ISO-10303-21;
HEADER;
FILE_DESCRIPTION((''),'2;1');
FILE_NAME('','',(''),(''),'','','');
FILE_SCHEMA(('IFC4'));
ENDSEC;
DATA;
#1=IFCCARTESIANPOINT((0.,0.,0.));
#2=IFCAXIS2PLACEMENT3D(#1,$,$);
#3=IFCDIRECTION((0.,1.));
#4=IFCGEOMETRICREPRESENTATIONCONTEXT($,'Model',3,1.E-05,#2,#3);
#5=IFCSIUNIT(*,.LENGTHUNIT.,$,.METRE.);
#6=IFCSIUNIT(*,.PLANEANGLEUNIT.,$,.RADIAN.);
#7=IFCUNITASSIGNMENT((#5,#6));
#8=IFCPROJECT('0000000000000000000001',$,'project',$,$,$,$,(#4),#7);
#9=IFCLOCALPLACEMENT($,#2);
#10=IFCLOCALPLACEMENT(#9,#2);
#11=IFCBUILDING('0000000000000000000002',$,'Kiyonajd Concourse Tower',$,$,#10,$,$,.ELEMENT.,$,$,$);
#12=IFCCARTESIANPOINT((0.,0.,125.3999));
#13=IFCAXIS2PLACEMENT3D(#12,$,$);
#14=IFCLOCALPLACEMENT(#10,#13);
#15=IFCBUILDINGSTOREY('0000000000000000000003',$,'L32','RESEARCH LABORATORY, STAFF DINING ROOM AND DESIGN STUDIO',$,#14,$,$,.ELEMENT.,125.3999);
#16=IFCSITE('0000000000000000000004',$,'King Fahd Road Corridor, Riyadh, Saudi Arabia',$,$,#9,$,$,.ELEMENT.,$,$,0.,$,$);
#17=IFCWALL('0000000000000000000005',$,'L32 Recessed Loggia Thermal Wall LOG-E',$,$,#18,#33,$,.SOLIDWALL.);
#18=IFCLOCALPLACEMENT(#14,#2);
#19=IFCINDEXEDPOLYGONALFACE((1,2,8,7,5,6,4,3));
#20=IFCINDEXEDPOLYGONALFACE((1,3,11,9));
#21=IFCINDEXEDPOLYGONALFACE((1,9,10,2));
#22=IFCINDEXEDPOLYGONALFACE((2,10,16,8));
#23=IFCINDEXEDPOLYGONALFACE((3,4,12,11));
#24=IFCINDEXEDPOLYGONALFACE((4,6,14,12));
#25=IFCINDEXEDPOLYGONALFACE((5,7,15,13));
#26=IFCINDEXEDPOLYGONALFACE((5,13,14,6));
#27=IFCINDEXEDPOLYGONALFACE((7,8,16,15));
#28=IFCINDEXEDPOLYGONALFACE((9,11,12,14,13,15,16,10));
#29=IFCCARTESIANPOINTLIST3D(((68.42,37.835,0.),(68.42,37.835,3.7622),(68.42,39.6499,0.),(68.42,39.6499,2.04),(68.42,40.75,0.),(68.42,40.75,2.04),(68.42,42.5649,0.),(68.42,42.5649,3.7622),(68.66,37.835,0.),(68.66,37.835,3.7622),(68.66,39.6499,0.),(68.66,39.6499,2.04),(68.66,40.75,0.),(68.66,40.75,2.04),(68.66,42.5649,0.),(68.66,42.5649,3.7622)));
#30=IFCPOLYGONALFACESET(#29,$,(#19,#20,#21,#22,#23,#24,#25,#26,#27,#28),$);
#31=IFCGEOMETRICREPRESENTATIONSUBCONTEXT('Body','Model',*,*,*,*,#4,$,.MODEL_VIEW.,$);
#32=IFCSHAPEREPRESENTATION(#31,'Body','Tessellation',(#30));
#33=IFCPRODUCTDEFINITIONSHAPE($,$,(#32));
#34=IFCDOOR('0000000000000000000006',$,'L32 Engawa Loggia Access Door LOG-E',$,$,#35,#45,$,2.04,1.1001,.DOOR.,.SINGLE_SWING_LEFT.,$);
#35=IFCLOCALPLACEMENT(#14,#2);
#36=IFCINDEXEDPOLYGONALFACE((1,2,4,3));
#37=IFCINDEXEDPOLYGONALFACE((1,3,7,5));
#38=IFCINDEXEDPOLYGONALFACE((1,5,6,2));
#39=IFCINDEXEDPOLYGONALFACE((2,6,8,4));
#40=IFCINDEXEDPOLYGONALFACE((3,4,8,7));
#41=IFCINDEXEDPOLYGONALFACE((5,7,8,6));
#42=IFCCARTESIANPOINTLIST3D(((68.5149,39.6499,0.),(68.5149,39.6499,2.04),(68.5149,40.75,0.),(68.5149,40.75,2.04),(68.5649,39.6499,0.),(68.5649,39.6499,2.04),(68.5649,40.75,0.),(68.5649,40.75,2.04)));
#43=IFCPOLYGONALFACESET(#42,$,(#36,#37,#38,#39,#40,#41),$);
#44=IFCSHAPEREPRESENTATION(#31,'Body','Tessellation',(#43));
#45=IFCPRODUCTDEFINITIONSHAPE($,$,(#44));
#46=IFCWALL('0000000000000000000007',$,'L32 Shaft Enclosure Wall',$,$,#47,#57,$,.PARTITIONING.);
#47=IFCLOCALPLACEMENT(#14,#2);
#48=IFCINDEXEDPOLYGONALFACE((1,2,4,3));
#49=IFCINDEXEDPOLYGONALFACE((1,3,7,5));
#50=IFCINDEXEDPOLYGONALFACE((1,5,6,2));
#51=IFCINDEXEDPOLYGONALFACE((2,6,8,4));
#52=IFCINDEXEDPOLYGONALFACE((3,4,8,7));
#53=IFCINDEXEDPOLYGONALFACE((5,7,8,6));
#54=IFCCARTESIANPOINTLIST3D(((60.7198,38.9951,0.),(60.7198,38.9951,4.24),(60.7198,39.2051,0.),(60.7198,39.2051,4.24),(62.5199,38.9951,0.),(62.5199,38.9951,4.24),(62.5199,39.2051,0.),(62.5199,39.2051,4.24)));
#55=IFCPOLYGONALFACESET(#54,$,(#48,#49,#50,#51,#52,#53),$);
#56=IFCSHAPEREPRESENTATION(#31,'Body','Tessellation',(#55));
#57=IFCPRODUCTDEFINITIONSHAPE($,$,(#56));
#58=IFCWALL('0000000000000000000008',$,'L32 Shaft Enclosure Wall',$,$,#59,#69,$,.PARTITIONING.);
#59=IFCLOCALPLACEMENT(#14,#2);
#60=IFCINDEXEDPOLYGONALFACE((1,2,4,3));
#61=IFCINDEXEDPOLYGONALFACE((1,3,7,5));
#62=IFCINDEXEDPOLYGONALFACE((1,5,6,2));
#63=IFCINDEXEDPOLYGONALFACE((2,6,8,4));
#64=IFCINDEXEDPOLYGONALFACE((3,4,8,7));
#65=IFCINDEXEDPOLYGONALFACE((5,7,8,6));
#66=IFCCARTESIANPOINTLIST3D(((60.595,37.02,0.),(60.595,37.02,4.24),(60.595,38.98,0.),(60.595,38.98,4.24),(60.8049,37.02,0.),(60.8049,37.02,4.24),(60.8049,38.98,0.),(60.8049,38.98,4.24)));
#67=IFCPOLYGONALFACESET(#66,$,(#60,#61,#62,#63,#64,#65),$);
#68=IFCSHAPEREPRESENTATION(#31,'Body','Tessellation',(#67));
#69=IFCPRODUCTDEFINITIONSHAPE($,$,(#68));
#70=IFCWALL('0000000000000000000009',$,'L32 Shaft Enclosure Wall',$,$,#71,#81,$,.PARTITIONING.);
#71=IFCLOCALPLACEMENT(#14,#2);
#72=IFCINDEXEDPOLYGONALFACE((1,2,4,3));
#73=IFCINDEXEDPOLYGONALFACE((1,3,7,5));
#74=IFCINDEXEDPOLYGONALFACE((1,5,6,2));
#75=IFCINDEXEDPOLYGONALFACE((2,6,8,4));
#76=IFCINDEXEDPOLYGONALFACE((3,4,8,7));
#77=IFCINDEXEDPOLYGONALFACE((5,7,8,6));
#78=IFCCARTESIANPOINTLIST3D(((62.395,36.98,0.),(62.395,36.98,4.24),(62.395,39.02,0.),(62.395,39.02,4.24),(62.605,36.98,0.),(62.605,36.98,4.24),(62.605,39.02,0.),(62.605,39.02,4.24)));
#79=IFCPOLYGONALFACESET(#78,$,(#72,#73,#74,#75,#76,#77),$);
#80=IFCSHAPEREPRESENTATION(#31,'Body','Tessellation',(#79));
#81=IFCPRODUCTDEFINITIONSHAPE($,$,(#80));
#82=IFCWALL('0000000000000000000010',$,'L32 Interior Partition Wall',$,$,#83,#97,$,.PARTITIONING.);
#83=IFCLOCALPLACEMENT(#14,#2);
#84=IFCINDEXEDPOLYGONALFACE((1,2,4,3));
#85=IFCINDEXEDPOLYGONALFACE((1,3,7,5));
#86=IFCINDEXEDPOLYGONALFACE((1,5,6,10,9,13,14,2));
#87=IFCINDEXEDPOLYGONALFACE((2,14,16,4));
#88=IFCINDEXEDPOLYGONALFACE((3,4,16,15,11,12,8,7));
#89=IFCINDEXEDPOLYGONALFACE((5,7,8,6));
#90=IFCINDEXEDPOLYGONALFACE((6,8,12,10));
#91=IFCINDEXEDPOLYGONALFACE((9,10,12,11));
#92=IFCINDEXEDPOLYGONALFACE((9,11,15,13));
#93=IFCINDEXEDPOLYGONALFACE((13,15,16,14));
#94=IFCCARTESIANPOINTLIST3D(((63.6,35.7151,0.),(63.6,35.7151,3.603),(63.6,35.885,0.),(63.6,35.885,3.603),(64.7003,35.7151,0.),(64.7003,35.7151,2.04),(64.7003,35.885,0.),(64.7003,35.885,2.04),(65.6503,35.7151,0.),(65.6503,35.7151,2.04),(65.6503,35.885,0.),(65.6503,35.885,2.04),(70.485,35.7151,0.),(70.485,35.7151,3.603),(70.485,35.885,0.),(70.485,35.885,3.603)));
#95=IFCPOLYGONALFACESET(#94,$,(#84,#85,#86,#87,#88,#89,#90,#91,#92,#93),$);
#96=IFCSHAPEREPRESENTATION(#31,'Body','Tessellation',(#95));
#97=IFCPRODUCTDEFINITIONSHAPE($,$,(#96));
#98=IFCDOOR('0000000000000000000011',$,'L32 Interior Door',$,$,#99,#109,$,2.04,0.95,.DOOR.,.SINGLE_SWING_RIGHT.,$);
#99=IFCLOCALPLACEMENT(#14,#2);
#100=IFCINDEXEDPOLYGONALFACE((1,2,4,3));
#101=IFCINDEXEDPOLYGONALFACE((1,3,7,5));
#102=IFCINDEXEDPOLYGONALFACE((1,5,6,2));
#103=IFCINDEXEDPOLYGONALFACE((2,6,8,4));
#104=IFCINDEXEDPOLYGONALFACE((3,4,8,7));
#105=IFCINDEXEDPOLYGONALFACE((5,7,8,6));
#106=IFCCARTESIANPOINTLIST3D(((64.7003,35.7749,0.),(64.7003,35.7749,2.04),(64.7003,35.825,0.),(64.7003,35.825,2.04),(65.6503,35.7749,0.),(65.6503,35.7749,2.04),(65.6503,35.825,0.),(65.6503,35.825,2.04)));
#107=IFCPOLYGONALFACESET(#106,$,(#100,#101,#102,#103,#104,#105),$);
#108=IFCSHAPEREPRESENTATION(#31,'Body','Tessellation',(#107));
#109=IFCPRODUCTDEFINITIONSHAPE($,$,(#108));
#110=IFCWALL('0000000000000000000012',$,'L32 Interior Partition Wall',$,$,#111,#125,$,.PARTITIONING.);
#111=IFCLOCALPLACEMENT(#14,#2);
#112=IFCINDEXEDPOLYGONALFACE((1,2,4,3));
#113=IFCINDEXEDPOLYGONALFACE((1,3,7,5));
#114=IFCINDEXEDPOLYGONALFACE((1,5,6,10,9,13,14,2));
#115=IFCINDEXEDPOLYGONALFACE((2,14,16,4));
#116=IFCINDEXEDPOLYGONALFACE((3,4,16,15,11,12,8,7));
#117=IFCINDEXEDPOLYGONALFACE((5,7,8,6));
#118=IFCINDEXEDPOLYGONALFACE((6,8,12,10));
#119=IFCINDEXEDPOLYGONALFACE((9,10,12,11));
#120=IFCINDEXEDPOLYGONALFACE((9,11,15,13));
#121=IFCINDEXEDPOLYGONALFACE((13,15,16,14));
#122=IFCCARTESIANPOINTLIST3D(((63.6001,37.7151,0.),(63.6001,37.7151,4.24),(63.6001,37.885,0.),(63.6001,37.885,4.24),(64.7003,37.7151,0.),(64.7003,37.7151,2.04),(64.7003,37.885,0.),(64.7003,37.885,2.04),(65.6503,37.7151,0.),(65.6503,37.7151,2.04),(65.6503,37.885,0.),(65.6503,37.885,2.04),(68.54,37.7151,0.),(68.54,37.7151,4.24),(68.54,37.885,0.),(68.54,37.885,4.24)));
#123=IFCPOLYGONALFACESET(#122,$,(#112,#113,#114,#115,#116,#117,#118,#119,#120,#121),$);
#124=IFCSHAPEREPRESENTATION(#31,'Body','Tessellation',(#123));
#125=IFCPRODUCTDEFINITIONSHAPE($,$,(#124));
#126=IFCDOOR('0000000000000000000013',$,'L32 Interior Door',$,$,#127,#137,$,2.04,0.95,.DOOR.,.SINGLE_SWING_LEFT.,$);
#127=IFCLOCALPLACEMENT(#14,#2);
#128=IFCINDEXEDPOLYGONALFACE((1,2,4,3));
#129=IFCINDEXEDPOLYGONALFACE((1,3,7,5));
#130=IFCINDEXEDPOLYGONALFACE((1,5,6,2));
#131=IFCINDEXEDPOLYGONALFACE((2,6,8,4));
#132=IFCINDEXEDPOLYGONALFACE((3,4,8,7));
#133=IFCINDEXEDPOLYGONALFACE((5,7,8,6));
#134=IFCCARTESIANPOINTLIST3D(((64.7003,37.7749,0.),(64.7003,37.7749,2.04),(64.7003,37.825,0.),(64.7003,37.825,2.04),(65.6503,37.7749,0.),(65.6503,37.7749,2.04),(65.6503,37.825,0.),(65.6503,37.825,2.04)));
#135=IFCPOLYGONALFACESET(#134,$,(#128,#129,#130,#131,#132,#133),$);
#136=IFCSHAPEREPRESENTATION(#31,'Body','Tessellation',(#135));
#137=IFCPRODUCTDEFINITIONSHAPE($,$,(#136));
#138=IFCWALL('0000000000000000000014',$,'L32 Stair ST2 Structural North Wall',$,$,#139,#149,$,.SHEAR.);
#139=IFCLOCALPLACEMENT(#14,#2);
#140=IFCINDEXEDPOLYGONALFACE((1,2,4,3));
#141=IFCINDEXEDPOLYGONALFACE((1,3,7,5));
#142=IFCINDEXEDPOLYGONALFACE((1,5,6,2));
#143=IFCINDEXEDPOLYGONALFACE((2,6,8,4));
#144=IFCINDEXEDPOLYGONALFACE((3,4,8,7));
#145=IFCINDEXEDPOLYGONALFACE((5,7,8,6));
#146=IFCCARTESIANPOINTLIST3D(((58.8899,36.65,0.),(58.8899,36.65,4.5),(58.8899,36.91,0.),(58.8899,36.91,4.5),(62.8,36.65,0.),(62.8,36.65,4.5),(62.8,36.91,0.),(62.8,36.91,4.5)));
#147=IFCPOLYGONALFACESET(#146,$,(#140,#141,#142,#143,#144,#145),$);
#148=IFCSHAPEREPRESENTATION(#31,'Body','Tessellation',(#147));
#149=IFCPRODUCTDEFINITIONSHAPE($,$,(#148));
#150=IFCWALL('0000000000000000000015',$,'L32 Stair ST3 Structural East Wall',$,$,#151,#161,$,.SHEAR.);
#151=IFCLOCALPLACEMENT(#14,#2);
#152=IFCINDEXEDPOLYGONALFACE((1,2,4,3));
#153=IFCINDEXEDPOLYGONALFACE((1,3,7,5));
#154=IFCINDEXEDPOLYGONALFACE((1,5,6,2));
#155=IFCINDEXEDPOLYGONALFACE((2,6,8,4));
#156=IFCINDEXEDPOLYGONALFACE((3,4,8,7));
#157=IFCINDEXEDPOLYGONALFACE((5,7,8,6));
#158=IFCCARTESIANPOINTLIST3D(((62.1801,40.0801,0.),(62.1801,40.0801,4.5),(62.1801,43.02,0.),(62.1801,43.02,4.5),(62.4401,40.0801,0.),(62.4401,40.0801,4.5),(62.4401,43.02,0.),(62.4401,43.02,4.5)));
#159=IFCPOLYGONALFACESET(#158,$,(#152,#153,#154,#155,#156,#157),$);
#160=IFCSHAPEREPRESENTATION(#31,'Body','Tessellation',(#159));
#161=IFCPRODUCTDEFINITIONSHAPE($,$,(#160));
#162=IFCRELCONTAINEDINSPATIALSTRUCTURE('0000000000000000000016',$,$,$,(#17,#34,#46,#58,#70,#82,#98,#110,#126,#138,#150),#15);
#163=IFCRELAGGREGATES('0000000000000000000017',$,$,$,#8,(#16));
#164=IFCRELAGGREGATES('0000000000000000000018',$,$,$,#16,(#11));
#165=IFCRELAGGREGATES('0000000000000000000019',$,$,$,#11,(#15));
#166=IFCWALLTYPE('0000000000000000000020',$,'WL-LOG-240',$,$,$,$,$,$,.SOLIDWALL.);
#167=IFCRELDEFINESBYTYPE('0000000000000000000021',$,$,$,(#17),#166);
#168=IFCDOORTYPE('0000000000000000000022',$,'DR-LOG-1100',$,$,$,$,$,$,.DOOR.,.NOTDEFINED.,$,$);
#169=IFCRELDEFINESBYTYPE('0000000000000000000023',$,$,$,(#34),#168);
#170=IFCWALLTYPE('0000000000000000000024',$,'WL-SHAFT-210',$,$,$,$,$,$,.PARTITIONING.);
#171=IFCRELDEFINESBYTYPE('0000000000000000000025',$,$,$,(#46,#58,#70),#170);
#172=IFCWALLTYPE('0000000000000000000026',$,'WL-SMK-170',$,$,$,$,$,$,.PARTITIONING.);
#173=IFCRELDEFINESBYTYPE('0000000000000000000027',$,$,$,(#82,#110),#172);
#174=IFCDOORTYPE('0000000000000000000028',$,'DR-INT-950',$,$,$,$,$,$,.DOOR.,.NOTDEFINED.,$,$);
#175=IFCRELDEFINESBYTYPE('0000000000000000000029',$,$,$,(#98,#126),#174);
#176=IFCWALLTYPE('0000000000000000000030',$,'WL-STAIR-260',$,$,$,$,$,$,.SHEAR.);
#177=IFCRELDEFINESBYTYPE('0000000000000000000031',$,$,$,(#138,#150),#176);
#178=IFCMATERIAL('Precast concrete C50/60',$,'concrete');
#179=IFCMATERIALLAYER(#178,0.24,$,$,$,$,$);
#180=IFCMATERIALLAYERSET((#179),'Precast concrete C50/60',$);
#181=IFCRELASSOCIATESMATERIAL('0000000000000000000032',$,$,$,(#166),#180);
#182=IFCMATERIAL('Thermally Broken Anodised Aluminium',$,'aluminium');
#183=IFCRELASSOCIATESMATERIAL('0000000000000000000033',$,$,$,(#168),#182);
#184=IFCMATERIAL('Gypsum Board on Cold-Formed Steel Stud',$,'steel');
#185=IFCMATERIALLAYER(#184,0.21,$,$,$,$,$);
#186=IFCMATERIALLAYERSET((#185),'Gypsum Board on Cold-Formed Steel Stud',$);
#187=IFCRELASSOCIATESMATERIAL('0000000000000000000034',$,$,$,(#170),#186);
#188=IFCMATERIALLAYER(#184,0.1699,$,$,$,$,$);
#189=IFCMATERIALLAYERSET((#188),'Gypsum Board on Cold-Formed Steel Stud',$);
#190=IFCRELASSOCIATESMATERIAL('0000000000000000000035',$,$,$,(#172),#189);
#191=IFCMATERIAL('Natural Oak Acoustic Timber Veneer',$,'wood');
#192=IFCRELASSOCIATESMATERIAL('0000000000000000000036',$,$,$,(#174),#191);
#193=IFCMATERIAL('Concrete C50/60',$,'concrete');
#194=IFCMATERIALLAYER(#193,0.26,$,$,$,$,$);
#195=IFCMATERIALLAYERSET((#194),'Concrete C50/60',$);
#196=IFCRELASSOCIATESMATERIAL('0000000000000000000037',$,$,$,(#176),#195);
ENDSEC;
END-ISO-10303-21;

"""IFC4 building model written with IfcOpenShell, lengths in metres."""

from ifc_helpers import new_model, si_unit, direction, frame, frame_2d, origin, place, context, subcontext, project, spatial, rectangle, extrude, material, layer, layer_set, type_object, element, fill, save


model = new_model("IFC4")

# Units and contexts
model_context = context("Model", 3, precision=1e-05, world=origin(), true_north=direction((0.0, 1.0)))
body_context = subcontext(model_context, "Body", "Model", "MODEL_VIEW")
ifc_project = project(units=[si_unit("LENGTHUNIT", "METRE"), si_unit("PLANEANGLEUNIT", "RADIAN")], contexts=[model_context])

# Site, building, storey
site_placement = place(None, origin())
site = spatial("IfcSite", under=ifc_project, at=site_placement, Name="King Fahd Road Corridor, Riyadh, Saudi Arabia", CompositionType="ELEMENT", RefElevation=0.0)
building_placement = place(site_placement, origin())
building = spatial("IfcBuilding", under=site, at=building_placement, Name="Kiyonajd Concourse Tower", CompositionType="ELEMENT")
storey_placement = place(building_placement, frame((0.0, 0.0, 125.3999)))
storey = spatial("IfcBuildingStorey", under=building, at=storey_placement, Name="L32", Description="RESEARCH LABORATORY, STAFF DINING ROOM AND DESIGN STUDIO", CompositionType="ELEMENT", Elevation=125.3999)

# Shared definitions
ifc_material_1 = material(Name="Precast concrete C50/60", Category="concrete")

# Shared definitions
ifc_material_2 = material(Name="Thermally Broken Anodised Aluminium", Category="aluminium")

# Wall, opening, door
ifc_layer_1 = layer(ifc_material_1, 0.24)
ifc_layer_set_1 = layer_set([ifc_layer_1], Name="Precast concrete C50/60")
wall_type_1 = type_object("IfcWallType", Name="WL-LOG-240", PredefinedType="SOLIDWALL", material=ifc_layer_set_1)
wall_1_placement = place(storey_placement, frame((68.54, 42.5649, 0.0), z_axis=(0.0, 0.0, 1.0), x_axis=(0.0, -1.0, 0.0)))
wall_1 = element("IfcWall", 1, at=wall_1_placement, inside=storey, type_object=wall_type_1, Name="L32 Recessed Loggia Thermal Wall LOG-E", PredefinedType="SOLIDWALL", context=body_context, shape_type="SweptSolid", body=[
    extrude(rectangle(XDim=4.73, YDim=0.24, at=frame_2d((2.365, 0.0))), origin(), (0.0, 0.0, 1.0), 3.7622),
])
opening_1_placement = place(wall_1_placement, frame((1.8149, 0.0, 0.0)))
opening_1 = element("IfcOpeningElement", 2, at=opening_1_placement, cuts=wall_1, PredefinedType="OPENING", context=body_context, shape_type="SweptSolid", body=[
    extrude(rectangle(XDim=1.1001, YDim=2.04, at=frame_2d((0.55, 1.02))), frame((0.0, 0.1299, 0.0), z_axis=(0.0, -1.0, 0.0), x_axis=(1.0, 0.0, 0.0)), (0.0, 0.0, 1.0), 0.26),
])
door_type_1 = type_object("IfcDoorType", Name="DR-LOG-1100", OperationType="NOTDEFINED", PredefinedType="DOOR", material=ifc_material_2)
door_1_placement = place(opening_1_placement, origin())
door_1 = element("IfcDoor", 3, at=door_1_placement, inside=storey, type_object=door_type_1, Name="L32 Engawa Loggia Access Door LOG-E", OperationType="SINGLE_SWING_LEFT", OverallHeight=2.04, OverallWidth=1.1001, PredefinedType="DOOR", context=body_context, shape_type="SweptSolid", body=[
    extrude(rectangle(XDim=1.1001, YDim=2.04, at=frame_2d((0.55, 1.02))), frame((0.0, 0.0249, 0.0), z_axis=(0.0, -1.0, 0.0), x_axis=(1.0, 0.0, 0.0)), (0.0, 0.0, 1.0), 0.05),
])
fill(opening_1, door_1)

# Walls
ifc_material_3 = material(Name="Gypsum Board on Cold-Formed Steel Stud", Category="steel")
ifc_layer_2 = layer(ifc_material_3, 0.21)
ifc_layer_set_2 = layer_set([ifc_layer_2], Name="Gypsum Board on Cold-Formed Steel Stud")
wall_type_2 = type_object("IfcWallType", Name="WL-SHAFT-210", PredefinedType="PARTITIONING", material=ifc_layer_set_2)
wall_2_placement = place(storey_placement, frame((60.72, 39.1001, 0.0), z_axis=(0.0, 0.0, 1.0), x_axis=(1.0, 0.0, 0.0)))
element("IfcWall", 4, at=wall_2_placement, inside=storey, type_object=wall_type_2, Name="L32 Shaft Enclosure Wall", PredefinedType="PARTITIONING", context=body_context, shape_type="SweptSolid", body=[
    extrude(rectangle(XDim=1.8, YDim=0.21, at=frame_2d((0.8999, 0.0))), origin(), (0.0, 0.0, 1.0), 4.24),
])
wall_3_placement = place(storey_placement, frame((60.7, 37.02, 0.0), z_axis=(0.0, 0.0, 1.0), x_axis=(0.0, 1.0, 0.0)))
element("IfcWall", 5, at=wall_3_placement, inside=storey, type_object=wall_type_2, Name="L32 Shaft Enclosure Wall", PredefinedType="PARTITIONING", context=body_context, shape_type="SweptSolid", body=[
    extrude(rectangle(XDim=1.96, YDim=0.21, at=frame_2d((0.98, 0.0))), origin(), (0.0, 0.0, 1.0), 4.24),
])
wall_4_placement = place(storey_placement, frame((62.5, 36.98, 0.0), z_axis=(0.0, 0.0, 1.0), x_axis=(0.0, 1.0, 0.0)))
element("IfcWall", 6, at=wall_4_placement, inside=storey, type_object=wall_type_2, Name="L32 Shaft Enclosure Wall", PredefinedType="PARTITIONING", context=body_context, shape_type="SweptSolid", body=[
    extrude(rectangle(XDim=2.04, YDim=0.21, at=frame_2d((1.02, 0.0))), origin(), (0.0, 0.0, 1.0), 4.24),
])

# Walls, openings, doors
ifc_layer_3 = layer(ifc_material_3, 0.1699)
ifc_layer_set_3 = layer_set([ifc_layer_3], Name="Gypsum Board on Cold-Formed Steel Stud")
wall_type_3 = type_object("IfcWallType", Name="WL-SMK-170", PredefinedType="PARTITIONING", material=ifc_layer_set_3)
wall_5_placement = place(storey_placement, frame((63.6001, 35.8, 0.0), z_axis=(0.0, 0.0, 1.0), x_axis=(1.0, 0.0, 0.0)))
wall_5 = element("IfcWall", 7, at=wall_5_placement, inside=storey, type_object=wall_type_3, Name="L32 Interior Partition Wall", PredefinedType="PARTITIONING", context=body_context, shape_type="SweptSolid", body=[
    extrude(rectangle(XDim=6.885, YDim=0.1699, at=frame_2d((3.4424, 0.0))), origin(), (0.0, 0.0, 1.0), 3.603),
])
opening_2_placement = place(wall_5_placement, frame((1.1001, 0.0, 0.0)))
opening_2 = element("IfcOpeningElement", 8, at=opening_2_placement, cuts=wall_5, PredefinedType="OPENING", context=body_context, shape_type="SweptSolid", body=[
    extrude(rectangle(XDim=0.95, YDim=2.04, at=frame_2d((0.4751, 1.02))), frame((0.0, 0.095, 0.0), z_axis=(0.0, -1.0, 0.0), x_axis=(1.0, 0.0, 0.0)), (0.0, 0.0, 1.0), 0.1899),
])
ifc_material_4 = material(Name="Natural Oak Acoustic Timber Veneer", Category="wood")
door_type_2 = type_object("IfcDoorType", Name="DR-INT-950", OperationType="NOTDEFINED", PredefinedType="DOOR", material=ifc_material_4)
door_2_placement = place(opening_2_placement, origin())
door_2 = element("IfcDoor", 9, at=door_2_placement, inside=storey, type_object=door_type_2, Name="L32 Interior Door", OperationType="SINGLE_SWING_RIGHT", OverallHeight=2.04, OverallWidth=0.95, PredefinedType="DOOR", context=body_context, shape_type="SweptSolid", body=[
    extrude(rectangle(XDim=0.95, YDim=2.04, at=frame_2d((0.4751, 1.02))), frame((0.0, 0.0249, 0.0), z_axis=(0.0, -1.0, 0.0), x_axis=(1.0, 0.0, 0.0)), (0.0, 0.0, 1.0), 0.05),
])
fill(opening_2, door_2)
wall_6_placement = place(storey_placement, frame((63.6001, 37.8, 0.0), z_axis=(0.0, 0.0, 1.0), x_axis=(1.0, 0.0, 0.0)))
wall_6 = element("IfcWall", 10, at=wall_6_placement, inside=storey, type_object=wall_type_3, Name="L32 Interior Partition Wall", PredefinedType="PARTITIONING", context=body_context, shape_type="SweptSolid", body=[
    extrude(rectangle(XDim=4.9399, YDim=0.1699, at=frame_2d((2.47, 0.0))), origin(), (0.0, 0.0, 1.0), 4.24),
])
opening_3_placement = place(wall_6_placement, frame((1.1001, 0.0, 0.0)))
opening_3 = element("IfcOpeningElement", 11, at=opening_3_placement, cuts=wall_6, PredefinedType="OPENING", context=body_context, shape_type="SweptSolid", body=[
    extrude(rectangle(XDim=0.95, YDim=2.04, at=frame_2d((0.4751, 1.02))), frame((0.0, 0.095, 0.0), z_axis=(0.0, -1.0, 0.0), x_axis=(1.0, 0.0, 0.0)), (0.0, 0.0, 1.0), 0.1899),
])
door_3_placement = place(opening_3_placement, origin())
door_3 = element("IfcDoor", 12, at=door_3_placement, inside=storey, type_object=door_type_2, Name="L32 Interior Door", OperationType="SINGLE_SWING_LEFT", OverallHeight=2.04, OverallWidth=0.95, PredefinedType="DOOR", context=body_context, shape_type="SweptSolid", body=[
    extrude(rectangle(XDim=0.95, YDim=2.04, at=frame_2d((0.4751, 1.02))), frame((0.0, 0.0249, 0.0), z_axis=(0.0, -1.0, 0.0), x_axis=(1.0, 0.0, 0.0)), (0.0, 0.0, 1.0), 0.05),
])
fill(opening_3, door_3)

# Walls
ifc_material_5 = material(Name="Concrete C50/60", Category="concrete")
ifc_layer_4 = layer(ifc_material_5, 0.26)
ifc_layer_set_4 = layer_set([ifc_layer_4], Name="Concrete C50/60")
wall_type_4 = type_object("IfcWallType", Name="WL-STAIR-260", PredefinedType="SHEAR", material=ifc_layer_set_4)
wall_7_placement = place(storey_placement, frame((58.8899, 36.78, 0.0), z_axis=(0.0, 0.0, 1.0), x_axis=(1.0, 0.0, 0.0)))
element("IfcWall", 13, at=wall_7_placement, inside=storey, type_object=wall_type_4, Name="L32 Stair ST2 Structural North Wall", PredefinedType="SHEAR", context=body_context, shape_type="SweptSolid", body=[
    extrude(rectangle(XDim=3.9102, YDim=0.26, at=frame_2d((1.9551, 0.0))), origin(), (0.0, 0.0, 1.0), 4.5),
])
wall_8_placement = place(storey_placement, frame((62.3101, 40.0801, 0.0), z_axis=(0.0, 0.0, 1.0), x_axis=(0.0, 1.0, 0.0)))
element("IfcWall", 14, at=wall_8_placement, inside=storey, type_object=wall_type_4, Name="L32 Stair ST3 Structural East Wall", PredefinedType="SHEAR", context=body_context, shape_type="SweptSolid", body=[
    extrude(rectangle(XDim=2.9399, YDim=0.26, at=frame_2d((1.47, 0.0))), origin(), (0.0, 0.0, 1.0), 4.5),
])

save(model, "model.ifc")
